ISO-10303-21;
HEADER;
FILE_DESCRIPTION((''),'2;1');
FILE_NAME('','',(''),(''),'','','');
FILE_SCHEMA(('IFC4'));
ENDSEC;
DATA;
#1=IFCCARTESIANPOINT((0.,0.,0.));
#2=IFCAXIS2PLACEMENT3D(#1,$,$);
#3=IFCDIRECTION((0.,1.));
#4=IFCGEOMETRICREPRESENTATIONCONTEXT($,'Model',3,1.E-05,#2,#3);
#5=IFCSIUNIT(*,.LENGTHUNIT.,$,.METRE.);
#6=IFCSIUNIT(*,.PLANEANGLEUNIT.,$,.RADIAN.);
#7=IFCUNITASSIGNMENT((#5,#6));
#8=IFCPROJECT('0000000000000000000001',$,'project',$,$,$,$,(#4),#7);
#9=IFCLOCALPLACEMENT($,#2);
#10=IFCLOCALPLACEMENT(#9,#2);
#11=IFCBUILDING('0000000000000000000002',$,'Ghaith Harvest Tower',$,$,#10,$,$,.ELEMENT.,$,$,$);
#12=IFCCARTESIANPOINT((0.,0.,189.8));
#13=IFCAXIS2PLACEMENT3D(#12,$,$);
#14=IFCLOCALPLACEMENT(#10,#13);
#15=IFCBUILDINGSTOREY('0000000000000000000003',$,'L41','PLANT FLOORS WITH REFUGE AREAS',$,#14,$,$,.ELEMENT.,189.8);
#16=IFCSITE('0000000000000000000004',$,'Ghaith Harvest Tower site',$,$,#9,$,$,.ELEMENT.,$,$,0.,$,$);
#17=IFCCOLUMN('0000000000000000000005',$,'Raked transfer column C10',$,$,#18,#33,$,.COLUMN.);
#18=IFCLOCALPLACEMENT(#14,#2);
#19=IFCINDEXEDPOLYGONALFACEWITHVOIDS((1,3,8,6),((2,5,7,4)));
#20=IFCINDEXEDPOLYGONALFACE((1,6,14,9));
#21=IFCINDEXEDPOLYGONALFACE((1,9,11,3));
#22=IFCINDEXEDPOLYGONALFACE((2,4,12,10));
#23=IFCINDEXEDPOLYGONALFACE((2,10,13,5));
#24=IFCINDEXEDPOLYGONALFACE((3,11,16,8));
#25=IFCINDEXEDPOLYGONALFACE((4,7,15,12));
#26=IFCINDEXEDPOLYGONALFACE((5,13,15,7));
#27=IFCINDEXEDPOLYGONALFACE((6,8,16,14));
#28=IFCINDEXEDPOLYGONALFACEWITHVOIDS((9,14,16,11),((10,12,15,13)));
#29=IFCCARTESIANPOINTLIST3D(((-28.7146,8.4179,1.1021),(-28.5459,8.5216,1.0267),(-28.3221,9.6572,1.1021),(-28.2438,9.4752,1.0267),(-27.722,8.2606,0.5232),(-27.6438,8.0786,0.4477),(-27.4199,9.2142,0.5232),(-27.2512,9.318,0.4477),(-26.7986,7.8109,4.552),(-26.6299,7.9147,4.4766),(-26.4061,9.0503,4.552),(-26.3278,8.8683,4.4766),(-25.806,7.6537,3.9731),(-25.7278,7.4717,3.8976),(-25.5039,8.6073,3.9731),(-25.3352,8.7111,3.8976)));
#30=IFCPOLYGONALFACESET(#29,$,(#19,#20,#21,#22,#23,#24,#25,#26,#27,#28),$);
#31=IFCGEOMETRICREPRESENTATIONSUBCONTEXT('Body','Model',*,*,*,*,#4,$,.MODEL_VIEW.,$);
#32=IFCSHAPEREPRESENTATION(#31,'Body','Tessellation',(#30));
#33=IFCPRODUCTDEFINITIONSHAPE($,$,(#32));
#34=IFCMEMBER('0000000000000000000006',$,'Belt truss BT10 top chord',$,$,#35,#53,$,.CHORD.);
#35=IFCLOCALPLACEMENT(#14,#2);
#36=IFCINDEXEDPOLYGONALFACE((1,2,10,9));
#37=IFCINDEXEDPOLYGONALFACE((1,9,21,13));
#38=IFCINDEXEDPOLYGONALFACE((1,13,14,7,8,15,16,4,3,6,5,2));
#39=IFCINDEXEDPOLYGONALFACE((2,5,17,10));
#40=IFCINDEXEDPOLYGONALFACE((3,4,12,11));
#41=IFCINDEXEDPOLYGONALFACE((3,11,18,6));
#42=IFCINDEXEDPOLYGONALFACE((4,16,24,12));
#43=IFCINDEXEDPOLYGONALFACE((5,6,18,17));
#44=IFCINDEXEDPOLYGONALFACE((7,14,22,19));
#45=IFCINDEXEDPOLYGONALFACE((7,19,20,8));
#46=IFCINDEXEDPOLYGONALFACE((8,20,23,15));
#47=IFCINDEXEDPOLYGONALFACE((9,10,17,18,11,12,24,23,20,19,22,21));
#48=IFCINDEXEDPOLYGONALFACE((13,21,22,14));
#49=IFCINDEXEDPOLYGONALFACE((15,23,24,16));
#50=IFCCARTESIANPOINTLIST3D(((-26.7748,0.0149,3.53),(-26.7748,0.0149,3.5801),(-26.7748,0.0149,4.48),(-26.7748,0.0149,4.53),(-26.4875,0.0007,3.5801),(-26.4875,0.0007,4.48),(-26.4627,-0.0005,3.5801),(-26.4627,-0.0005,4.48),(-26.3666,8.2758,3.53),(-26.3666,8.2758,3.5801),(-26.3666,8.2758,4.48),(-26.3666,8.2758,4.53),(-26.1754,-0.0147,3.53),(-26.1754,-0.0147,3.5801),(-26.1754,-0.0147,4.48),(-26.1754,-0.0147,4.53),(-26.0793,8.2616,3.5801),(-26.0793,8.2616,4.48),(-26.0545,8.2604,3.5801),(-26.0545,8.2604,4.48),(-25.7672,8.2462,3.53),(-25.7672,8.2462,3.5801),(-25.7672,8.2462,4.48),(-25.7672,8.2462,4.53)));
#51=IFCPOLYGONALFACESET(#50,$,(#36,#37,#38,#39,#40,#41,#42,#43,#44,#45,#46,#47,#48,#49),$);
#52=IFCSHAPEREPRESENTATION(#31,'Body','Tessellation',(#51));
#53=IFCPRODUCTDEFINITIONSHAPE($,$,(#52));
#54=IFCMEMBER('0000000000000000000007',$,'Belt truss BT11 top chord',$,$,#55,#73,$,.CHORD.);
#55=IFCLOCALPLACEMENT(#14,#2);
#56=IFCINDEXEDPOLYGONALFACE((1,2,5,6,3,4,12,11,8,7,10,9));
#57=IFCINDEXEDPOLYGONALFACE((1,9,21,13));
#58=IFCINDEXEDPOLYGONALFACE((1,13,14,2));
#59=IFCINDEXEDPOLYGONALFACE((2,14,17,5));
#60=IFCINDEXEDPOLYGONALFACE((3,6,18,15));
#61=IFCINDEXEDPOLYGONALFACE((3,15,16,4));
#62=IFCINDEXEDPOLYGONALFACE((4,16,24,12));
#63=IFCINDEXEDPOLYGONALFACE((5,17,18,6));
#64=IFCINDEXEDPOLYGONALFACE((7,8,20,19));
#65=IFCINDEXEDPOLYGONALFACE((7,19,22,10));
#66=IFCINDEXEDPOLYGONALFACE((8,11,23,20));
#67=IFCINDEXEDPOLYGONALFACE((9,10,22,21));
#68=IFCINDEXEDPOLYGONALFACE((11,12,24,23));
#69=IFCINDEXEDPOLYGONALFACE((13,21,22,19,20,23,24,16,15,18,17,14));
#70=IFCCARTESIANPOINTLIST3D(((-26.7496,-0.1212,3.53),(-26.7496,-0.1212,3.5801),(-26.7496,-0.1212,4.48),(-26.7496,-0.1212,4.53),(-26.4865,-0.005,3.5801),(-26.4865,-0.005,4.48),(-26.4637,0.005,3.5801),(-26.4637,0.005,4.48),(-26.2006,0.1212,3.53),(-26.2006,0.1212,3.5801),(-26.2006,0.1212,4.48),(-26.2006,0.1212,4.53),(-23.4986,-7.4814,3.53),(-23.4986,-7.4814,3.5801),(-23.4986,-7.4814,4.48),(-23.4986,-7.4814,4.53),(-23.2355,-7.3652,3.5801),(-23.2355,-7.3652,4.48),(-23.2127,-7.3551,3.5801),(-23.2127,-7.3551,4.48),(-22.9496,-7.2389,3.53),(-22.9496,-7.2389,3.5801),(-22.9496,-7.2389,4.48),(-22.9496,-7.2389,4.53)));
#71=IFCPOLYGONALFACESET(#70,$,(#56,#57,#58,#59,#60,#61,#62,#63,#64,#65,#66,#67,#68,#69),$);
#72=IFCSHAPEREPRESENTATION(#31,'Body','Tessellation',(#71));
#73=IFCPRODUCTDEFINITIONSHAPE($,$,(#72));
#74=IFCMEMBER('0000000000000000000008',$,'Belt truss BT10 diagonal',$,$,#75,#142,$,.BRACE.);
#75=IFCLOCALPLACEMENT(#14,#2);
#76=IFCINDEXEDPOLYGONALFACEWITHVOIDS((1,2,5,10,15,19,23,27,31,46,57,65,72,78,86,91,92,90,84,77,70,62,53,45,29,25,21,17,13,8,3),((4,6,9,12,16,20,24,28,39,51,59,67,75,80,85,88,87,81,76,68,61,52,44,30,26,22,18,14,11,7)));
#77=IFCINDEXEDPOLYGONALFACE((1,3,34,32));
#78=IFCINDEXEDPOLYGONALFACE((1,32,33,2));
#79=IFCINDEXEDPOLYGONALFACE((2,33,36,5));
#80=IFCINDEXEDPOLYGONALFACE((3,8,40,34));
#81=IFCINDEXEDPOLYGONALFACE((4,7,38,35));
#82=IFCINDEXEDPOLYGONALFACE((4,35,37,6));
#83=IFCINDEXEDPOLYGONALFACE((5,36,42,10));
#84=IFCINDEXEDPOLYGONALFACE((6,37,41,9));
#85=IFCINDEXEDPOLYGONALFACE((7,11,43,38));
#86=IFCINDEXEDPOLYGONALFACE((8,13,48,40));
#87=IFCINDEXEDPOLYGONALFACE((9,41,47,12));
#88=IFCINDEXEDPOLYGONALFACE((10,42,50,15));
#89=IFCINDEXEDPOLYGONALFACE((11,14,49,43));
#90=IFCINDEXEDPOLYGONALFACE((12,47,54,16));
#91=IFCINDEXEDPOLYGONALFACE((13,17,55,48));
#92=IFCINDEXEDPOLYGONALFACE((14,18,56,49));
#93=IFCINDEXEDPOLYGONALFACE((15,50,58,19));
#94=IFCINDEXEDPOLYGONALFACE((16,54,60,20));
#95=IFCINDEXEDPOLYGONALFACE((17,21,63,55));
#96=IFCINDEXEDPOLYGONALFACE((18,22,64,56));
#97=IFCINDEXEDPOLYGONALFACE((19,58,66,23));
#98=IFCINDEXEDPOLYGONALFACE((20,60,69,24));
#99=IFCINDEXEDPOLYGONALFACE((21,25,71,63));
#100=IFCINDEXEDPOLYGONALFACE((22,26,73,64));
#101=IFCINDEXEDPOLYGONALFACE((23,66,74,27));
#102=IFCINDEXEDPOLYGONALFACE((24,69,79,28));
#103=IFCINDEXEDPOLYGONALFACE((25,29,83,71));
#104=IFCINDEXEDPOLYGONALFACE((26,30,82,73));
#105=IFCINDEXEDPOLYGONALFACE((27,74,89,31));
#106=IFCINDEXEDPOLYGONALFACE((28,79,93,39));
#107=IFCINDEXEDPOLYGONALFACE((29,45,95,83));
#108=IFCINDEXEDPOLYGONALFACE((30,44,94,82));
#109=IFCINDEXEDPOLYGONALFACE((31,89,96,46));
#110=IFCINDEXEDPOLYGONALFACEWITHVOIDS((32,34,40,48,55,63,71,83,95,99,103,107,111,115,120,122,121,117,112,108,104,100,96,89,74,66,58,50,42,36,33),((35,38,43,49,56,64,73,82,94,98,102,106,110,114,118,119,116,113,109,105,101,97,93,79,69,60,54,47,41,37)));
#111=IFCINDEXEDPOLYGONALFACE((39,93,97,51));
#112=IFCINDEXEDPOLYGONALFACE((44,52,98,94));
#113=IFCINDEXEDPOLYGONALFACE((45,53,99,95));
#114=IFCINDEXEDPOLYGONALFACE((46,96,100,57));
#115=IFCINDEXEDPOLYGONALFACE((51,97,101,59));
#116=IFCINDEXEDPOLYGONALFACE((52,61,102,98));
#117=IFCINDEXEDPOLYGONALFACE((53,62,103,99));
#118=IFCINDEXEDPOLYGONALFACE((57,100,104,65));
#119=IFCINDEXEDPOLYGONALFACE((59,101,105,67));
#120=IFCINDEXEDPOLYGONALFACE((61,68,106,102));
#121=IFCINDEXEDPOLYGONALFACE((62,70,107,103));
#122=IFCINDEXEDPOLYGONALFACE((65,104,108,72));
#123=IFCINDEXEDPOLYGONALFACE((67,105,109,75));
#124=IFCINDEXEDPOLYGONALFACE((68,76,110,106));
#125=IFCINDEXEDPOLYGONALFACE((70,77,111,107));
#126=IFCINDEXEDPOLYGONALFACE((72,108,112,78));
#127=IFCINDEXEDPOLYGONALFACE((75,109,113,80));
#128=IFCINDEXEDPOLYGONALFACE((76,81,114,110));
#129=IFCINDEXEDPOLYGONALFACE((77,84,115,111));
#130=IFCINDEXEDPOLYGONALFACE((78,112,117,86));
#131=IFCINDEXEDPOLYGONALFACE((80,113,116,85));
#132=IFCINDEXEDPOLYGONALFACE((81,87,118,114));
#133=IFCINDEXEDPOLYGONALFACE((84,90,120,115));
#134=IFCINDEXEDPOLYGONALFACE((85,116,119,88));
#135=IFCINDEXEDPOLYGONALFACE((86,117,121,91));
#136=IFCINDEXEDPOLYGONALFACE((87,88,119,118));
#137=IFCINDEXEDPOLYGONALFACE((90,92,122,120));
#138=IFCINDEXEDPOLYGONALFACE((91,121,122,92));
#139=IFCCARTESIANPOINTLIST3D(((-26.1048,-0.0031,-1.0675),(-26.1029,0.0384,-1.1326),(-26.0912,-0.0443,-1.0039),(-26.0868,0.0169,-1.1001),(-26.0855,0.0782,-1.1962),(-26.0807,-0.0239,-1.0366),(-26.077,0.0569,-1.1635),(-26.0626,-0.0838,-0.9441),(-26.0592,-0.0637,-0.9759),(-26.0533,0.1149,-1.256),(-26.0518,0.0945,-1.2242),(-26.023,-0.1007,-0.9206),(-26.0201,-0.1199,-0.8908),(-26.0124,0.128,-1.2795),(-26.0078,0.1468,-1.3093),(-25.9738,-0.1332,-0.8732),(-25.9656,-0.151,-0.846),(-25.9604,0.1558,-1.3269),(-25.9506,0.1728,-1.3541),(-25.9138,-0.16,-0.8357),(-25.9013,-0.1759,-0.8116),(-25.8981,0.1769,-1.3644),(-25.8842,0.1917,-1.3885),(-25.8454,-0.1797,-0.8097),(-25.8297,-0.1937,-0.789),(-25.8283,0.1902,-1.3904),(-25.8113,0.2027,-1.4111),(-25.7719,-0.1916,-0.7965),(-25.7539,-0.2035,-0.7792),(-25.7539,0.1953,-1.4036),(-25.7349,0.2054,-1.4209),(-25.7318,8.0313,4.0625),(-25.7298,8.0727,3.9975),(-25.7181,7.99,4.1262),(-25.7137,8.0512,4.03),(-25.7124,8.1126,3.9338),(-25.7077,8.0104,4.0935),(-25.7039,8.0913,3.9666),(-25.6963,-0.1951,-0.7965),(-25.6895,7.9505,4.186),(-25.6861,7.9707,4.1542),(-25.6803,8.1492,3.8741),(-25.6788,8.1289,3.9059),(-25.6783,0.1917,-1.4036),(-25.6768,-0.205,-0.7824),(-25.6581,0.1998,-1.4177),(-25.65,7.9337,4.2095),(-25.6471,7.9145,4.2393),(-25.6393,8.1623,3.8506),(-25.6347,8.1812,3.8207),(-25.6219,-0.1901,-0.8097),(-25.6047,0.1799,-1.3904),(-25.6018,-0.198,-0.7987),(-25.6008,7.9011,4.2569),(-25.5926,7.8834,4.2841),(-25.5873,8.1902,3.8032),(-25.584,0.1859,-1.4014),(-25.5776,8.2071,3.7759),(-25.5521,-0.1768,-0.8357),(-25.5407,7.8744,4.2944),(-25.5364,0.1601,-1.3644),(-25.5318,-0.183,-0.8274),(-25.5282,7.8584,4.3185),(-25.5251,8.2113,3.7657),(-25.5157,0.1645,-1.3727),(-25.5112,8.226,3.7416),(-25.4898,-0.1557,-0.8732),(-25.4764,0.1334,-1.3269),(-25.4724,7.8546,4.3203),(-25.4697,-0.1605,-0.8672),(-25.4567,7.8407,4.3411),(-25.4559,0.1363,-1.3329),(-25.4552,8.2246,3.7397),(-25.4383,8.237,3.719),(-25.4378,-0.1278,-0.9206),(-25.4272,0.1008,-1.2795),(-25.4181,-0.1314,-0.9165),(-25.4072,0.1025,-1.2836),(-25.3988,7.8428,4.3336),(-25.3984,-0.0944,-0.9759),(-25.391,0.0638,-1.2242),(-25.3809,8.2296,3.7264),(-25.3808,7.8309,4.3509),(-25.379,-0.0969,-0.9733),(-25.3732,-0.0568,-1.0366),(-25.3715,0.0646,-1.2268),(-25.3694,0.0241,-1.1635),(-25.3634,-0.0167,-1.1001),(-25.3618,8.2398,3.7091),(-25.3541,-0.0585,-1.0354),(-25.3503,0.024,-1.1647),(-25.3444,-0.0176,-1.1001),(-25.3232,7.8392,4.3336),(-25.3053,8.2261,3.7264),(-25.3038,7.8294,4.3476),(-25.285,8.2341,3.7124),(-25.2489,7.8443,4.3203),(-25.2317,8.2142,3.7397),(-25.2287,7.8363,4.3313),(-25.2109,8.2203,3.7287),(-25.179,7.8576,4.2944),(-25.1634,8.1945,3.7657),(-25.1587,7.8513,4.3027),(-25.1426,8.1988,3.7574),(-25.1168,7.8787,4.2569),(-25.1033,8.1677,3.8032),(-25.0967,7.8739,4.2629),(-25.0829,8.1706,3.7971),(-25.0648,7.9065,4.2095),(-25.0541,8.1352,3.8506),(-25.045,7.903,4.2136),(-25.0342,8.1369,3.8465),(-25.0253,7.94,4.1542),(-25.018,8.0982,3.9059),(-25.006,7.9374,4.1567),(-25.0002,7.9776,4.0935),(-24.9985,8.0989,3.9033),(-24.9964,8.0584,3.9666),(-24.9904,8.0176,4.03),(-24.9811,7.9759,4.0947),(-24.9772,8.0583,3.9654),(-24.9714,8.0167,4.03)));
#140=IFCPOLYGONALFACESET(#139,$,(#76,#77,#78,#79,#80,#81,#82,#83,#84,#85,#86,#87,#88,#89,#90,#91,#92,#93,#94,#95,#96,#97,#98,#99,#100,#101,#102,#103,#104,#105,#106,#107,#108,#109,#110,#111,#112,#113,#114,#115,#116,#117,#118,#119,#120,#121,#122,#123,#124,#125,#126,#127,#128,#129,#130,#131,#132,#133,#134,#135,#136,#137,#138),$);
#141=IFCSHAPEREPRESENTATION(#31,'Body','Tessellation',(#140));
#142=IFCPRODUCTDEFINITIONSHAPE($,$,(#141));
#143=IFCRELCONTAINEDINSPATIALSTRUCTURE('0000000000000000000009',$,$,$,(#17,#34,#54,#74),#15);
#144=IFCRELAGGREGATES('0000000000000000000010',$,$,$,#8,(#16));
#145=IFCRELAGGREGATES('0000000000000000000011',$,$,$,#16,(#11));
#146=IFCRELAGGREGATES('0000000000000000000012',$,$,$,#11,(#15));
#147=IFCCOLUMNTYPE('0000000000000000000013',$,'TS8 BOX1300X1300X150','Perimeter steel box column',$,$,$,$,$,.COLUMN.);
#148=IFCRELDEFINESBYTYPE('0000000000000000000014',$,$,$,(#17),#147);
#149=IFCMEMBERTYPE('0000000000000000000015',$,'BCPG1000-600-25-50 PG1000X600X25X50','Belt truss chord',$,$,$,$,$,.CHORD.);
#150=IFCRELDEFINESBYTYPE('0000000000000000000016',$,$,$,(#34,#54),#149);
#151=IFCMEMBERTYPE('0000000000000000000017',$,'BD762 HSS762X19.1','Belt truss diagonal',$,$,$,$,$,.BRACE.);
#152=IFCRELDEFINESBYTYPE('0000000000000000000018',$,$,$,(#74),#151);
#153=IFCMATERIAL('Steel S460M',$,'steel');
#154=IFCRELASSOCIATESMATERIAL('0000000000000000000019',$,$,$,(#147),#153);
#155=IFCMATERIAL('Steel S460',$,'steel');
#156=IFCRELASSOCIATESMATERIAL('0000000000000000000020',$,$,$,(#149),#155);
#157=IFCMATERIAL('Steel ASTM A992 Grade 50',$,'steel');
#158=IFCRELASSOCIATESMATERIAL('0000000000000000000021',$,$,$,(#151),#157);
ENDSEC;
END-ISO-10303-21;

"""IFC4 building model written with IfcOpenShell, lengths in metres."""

from ifc_helpers import new_model, si_unit, direction, frame, origin, origin_2d, place, context, subcontext, project, spatial, hollow_rectangle, hollow_circle, i_section, extrude, material, material_profile, profile_set, type_object, element, save


model = new_model("IFC4")

# Units and contexts
model_context = context("Model", 3, precision=1e-05, world=origin(), true_north=direction((0.0, 1.0)))
body_context = subcontext(model_context, "Body", "Model", "MODEL_VIEW")
ifc_project = project(units=[si_unit("LENGTHUNIT", "METRE"), si_unit("PLANEANGLEUNIT", "RADIAN")], contexts=[model_context])

# Site, building, storey
site_placement = place(None, origin())
site = spatial("IfcSite", under=ifc_project, at=site_placement, Name="Ghaith Harvest Tower site", CompositionType="ELEMENT", RefElevation=0.0)
building_placement = place(site_placement, origin())
building = spatial("IfcBuilding", under=site, at=building_placement, Name="Ghaith Harvest Tower", CompositionType="ELEMENT")
storey_placement = place(building_placement, frame((0.0, 0.0, 189.8)))
storey = spatial("IfcBuildingStorey", under=building, at=storey_placement, Name="L41", Description="PLANT FLOORS WITH REFUGE AREAS", CompositionType="ELEMENT", Elevation=189.8)

# Column
ifc_material_1 = material(Name="Steel S460M", Category="steel")
ifc_material_profile_1 = material_profile(ifc_material_1, hollow_rectangle(XDim=1.3, YDim=1.3, WallThickness=0.1499, at=origin_2d()), Name="BOX1300X1300X150")
ifc_profile_set_1 = profile_set([ifc_material_profile_1], Name="Steel S460M")
column_type = type_object("IfcColumnType", Name="TS8 BOX1300X1300X150", Description="Perimeter steel box column", PredefinedType="COLUMN", material=ifc_profile_set_1)
column_placement = place(storey_placement, frame((-27.9829, 8.8679, 0.7749), z_axis=(0.47988, -0.152011, 0.864065), x_axis=(0.30198, 0.953314, 0.0)))
element("IfcColumn", 1, at=column_placement, inside=storey, type_object=column_type, Name="Raked transfer column C10", PredefinedType="COLUMN", context=body_context, shape_type="SweptSolid", body=[
    extrude(hollow_rectangle(XDim=1.3, YDim=1.3, WallThickness=0.1499, at=origin_2d()), origin(), (0.0, 0.0, 1.0), 3.9927),
])

# Members
ifc_material_2 = material(Name="Steel S460", Category="steel")
ifc_material_profile_2 = material_profile(ifc_material_2, i_section(OverallWidth=0.6001, OverallDepth=1.0, WebThickness=0.0249, FlangeThickness=0.05, at=origin_2d()), Name="PG1000X600X25X50")
ifc_profile_set_2 = profile_set([ifc_material_profile_2], Name="Steel S460")
member_type_1 = type_object("IfcMemberType", Name="BCPG1000-600-25-50 PG1000X600X25X50", Description="Belt truss chord", PredefinedType="CHORD", material=ifc_profile_set_2)
member_1_placement = place(storey_placement, frame((-26.0669, 8.261, 4.03), z_axis=(-0.049353, -0.998781, 0.0), x_axis=(0.998781, -0.049353, 0.0)))
element("IfcMember", 2, at=member_1_placement, inside=storey, type_object=member_type_1, Name="Belt truss BT10 top chord", PredefinedType="CHORD", context=body_context, shape_type="SweptSolid", body=[
    extrude(i_section(OverallWidth=0.6001, OverallDepth=1.0, WebThickness=0.0249, FlangeThickness=0.05, at=origin_2d()), origin(), (0.0, 0.0, 1.0), 8.271),
])
member_2_placement = place(storey_placement, frame((-26.4751, 0.0, 4.03), z_axis=(0.404043, -0.91474, 0.0), x_axis=(0.91474, 0.404043, 0.0)))
element("IfcMember", 3, at=member_2_placement, inside=storey, type_object=member_type_1, Name="Belt truss BT11 top chord", PredefinedType="CHORD", context=body_context, shape_type="SweptSolid", body=[
    extrude(i_section(OverallWidth=0.6001, OverallDepth=1.0, WebThickness=0.0249, FlangeThickness=0.05, at=origin_2d()), origin(), (0.0, 0.0, 1.0), 8.0461),
])
ifc_material_3 = material(Name="Steel ASTM A992 Grade 50", Category="steel")
ifc_material_profile_3 = material_profile(ifc_material_3, hollow_circle(Radius=0.3811, WallThickness=0.019, at=origin_2d()), Name="HSS762X19.1")
ifc_profile_set_3 = profile_set([ifc_material_profile_3], Name="Steel ASTM A992 Grade 50")
member_type_2 = type_object("IfcMemberType", Name="BD762 HSS762X19.1", Description="Belt truss diagonal", PredefinedType="BRACE", material=ifc_profile_set_3)
member_3_placement = place(storey_placement, frame((-25.3521, 8.0344, 4.03), z_axis=(-0.039104, -0.842193, -0.537756), x_axis=(0.998924, -0.046381, 0.0)))
element("IfcMember", 4, at=member_3_placement, inside=storey, type_object=member_type_2, Name="Belt truss BT10 diagonal", PredefinedType="BRACE", context=body_context, shape_type="SweptSolid", body=[
    extrude(hollow_circle(Radius=0.3811, WallThickness=0.019, at=origin_2d()), origin(), (0.0, 0.0, 1.0), 9.5398),
])

save(model, "model.ifc")
